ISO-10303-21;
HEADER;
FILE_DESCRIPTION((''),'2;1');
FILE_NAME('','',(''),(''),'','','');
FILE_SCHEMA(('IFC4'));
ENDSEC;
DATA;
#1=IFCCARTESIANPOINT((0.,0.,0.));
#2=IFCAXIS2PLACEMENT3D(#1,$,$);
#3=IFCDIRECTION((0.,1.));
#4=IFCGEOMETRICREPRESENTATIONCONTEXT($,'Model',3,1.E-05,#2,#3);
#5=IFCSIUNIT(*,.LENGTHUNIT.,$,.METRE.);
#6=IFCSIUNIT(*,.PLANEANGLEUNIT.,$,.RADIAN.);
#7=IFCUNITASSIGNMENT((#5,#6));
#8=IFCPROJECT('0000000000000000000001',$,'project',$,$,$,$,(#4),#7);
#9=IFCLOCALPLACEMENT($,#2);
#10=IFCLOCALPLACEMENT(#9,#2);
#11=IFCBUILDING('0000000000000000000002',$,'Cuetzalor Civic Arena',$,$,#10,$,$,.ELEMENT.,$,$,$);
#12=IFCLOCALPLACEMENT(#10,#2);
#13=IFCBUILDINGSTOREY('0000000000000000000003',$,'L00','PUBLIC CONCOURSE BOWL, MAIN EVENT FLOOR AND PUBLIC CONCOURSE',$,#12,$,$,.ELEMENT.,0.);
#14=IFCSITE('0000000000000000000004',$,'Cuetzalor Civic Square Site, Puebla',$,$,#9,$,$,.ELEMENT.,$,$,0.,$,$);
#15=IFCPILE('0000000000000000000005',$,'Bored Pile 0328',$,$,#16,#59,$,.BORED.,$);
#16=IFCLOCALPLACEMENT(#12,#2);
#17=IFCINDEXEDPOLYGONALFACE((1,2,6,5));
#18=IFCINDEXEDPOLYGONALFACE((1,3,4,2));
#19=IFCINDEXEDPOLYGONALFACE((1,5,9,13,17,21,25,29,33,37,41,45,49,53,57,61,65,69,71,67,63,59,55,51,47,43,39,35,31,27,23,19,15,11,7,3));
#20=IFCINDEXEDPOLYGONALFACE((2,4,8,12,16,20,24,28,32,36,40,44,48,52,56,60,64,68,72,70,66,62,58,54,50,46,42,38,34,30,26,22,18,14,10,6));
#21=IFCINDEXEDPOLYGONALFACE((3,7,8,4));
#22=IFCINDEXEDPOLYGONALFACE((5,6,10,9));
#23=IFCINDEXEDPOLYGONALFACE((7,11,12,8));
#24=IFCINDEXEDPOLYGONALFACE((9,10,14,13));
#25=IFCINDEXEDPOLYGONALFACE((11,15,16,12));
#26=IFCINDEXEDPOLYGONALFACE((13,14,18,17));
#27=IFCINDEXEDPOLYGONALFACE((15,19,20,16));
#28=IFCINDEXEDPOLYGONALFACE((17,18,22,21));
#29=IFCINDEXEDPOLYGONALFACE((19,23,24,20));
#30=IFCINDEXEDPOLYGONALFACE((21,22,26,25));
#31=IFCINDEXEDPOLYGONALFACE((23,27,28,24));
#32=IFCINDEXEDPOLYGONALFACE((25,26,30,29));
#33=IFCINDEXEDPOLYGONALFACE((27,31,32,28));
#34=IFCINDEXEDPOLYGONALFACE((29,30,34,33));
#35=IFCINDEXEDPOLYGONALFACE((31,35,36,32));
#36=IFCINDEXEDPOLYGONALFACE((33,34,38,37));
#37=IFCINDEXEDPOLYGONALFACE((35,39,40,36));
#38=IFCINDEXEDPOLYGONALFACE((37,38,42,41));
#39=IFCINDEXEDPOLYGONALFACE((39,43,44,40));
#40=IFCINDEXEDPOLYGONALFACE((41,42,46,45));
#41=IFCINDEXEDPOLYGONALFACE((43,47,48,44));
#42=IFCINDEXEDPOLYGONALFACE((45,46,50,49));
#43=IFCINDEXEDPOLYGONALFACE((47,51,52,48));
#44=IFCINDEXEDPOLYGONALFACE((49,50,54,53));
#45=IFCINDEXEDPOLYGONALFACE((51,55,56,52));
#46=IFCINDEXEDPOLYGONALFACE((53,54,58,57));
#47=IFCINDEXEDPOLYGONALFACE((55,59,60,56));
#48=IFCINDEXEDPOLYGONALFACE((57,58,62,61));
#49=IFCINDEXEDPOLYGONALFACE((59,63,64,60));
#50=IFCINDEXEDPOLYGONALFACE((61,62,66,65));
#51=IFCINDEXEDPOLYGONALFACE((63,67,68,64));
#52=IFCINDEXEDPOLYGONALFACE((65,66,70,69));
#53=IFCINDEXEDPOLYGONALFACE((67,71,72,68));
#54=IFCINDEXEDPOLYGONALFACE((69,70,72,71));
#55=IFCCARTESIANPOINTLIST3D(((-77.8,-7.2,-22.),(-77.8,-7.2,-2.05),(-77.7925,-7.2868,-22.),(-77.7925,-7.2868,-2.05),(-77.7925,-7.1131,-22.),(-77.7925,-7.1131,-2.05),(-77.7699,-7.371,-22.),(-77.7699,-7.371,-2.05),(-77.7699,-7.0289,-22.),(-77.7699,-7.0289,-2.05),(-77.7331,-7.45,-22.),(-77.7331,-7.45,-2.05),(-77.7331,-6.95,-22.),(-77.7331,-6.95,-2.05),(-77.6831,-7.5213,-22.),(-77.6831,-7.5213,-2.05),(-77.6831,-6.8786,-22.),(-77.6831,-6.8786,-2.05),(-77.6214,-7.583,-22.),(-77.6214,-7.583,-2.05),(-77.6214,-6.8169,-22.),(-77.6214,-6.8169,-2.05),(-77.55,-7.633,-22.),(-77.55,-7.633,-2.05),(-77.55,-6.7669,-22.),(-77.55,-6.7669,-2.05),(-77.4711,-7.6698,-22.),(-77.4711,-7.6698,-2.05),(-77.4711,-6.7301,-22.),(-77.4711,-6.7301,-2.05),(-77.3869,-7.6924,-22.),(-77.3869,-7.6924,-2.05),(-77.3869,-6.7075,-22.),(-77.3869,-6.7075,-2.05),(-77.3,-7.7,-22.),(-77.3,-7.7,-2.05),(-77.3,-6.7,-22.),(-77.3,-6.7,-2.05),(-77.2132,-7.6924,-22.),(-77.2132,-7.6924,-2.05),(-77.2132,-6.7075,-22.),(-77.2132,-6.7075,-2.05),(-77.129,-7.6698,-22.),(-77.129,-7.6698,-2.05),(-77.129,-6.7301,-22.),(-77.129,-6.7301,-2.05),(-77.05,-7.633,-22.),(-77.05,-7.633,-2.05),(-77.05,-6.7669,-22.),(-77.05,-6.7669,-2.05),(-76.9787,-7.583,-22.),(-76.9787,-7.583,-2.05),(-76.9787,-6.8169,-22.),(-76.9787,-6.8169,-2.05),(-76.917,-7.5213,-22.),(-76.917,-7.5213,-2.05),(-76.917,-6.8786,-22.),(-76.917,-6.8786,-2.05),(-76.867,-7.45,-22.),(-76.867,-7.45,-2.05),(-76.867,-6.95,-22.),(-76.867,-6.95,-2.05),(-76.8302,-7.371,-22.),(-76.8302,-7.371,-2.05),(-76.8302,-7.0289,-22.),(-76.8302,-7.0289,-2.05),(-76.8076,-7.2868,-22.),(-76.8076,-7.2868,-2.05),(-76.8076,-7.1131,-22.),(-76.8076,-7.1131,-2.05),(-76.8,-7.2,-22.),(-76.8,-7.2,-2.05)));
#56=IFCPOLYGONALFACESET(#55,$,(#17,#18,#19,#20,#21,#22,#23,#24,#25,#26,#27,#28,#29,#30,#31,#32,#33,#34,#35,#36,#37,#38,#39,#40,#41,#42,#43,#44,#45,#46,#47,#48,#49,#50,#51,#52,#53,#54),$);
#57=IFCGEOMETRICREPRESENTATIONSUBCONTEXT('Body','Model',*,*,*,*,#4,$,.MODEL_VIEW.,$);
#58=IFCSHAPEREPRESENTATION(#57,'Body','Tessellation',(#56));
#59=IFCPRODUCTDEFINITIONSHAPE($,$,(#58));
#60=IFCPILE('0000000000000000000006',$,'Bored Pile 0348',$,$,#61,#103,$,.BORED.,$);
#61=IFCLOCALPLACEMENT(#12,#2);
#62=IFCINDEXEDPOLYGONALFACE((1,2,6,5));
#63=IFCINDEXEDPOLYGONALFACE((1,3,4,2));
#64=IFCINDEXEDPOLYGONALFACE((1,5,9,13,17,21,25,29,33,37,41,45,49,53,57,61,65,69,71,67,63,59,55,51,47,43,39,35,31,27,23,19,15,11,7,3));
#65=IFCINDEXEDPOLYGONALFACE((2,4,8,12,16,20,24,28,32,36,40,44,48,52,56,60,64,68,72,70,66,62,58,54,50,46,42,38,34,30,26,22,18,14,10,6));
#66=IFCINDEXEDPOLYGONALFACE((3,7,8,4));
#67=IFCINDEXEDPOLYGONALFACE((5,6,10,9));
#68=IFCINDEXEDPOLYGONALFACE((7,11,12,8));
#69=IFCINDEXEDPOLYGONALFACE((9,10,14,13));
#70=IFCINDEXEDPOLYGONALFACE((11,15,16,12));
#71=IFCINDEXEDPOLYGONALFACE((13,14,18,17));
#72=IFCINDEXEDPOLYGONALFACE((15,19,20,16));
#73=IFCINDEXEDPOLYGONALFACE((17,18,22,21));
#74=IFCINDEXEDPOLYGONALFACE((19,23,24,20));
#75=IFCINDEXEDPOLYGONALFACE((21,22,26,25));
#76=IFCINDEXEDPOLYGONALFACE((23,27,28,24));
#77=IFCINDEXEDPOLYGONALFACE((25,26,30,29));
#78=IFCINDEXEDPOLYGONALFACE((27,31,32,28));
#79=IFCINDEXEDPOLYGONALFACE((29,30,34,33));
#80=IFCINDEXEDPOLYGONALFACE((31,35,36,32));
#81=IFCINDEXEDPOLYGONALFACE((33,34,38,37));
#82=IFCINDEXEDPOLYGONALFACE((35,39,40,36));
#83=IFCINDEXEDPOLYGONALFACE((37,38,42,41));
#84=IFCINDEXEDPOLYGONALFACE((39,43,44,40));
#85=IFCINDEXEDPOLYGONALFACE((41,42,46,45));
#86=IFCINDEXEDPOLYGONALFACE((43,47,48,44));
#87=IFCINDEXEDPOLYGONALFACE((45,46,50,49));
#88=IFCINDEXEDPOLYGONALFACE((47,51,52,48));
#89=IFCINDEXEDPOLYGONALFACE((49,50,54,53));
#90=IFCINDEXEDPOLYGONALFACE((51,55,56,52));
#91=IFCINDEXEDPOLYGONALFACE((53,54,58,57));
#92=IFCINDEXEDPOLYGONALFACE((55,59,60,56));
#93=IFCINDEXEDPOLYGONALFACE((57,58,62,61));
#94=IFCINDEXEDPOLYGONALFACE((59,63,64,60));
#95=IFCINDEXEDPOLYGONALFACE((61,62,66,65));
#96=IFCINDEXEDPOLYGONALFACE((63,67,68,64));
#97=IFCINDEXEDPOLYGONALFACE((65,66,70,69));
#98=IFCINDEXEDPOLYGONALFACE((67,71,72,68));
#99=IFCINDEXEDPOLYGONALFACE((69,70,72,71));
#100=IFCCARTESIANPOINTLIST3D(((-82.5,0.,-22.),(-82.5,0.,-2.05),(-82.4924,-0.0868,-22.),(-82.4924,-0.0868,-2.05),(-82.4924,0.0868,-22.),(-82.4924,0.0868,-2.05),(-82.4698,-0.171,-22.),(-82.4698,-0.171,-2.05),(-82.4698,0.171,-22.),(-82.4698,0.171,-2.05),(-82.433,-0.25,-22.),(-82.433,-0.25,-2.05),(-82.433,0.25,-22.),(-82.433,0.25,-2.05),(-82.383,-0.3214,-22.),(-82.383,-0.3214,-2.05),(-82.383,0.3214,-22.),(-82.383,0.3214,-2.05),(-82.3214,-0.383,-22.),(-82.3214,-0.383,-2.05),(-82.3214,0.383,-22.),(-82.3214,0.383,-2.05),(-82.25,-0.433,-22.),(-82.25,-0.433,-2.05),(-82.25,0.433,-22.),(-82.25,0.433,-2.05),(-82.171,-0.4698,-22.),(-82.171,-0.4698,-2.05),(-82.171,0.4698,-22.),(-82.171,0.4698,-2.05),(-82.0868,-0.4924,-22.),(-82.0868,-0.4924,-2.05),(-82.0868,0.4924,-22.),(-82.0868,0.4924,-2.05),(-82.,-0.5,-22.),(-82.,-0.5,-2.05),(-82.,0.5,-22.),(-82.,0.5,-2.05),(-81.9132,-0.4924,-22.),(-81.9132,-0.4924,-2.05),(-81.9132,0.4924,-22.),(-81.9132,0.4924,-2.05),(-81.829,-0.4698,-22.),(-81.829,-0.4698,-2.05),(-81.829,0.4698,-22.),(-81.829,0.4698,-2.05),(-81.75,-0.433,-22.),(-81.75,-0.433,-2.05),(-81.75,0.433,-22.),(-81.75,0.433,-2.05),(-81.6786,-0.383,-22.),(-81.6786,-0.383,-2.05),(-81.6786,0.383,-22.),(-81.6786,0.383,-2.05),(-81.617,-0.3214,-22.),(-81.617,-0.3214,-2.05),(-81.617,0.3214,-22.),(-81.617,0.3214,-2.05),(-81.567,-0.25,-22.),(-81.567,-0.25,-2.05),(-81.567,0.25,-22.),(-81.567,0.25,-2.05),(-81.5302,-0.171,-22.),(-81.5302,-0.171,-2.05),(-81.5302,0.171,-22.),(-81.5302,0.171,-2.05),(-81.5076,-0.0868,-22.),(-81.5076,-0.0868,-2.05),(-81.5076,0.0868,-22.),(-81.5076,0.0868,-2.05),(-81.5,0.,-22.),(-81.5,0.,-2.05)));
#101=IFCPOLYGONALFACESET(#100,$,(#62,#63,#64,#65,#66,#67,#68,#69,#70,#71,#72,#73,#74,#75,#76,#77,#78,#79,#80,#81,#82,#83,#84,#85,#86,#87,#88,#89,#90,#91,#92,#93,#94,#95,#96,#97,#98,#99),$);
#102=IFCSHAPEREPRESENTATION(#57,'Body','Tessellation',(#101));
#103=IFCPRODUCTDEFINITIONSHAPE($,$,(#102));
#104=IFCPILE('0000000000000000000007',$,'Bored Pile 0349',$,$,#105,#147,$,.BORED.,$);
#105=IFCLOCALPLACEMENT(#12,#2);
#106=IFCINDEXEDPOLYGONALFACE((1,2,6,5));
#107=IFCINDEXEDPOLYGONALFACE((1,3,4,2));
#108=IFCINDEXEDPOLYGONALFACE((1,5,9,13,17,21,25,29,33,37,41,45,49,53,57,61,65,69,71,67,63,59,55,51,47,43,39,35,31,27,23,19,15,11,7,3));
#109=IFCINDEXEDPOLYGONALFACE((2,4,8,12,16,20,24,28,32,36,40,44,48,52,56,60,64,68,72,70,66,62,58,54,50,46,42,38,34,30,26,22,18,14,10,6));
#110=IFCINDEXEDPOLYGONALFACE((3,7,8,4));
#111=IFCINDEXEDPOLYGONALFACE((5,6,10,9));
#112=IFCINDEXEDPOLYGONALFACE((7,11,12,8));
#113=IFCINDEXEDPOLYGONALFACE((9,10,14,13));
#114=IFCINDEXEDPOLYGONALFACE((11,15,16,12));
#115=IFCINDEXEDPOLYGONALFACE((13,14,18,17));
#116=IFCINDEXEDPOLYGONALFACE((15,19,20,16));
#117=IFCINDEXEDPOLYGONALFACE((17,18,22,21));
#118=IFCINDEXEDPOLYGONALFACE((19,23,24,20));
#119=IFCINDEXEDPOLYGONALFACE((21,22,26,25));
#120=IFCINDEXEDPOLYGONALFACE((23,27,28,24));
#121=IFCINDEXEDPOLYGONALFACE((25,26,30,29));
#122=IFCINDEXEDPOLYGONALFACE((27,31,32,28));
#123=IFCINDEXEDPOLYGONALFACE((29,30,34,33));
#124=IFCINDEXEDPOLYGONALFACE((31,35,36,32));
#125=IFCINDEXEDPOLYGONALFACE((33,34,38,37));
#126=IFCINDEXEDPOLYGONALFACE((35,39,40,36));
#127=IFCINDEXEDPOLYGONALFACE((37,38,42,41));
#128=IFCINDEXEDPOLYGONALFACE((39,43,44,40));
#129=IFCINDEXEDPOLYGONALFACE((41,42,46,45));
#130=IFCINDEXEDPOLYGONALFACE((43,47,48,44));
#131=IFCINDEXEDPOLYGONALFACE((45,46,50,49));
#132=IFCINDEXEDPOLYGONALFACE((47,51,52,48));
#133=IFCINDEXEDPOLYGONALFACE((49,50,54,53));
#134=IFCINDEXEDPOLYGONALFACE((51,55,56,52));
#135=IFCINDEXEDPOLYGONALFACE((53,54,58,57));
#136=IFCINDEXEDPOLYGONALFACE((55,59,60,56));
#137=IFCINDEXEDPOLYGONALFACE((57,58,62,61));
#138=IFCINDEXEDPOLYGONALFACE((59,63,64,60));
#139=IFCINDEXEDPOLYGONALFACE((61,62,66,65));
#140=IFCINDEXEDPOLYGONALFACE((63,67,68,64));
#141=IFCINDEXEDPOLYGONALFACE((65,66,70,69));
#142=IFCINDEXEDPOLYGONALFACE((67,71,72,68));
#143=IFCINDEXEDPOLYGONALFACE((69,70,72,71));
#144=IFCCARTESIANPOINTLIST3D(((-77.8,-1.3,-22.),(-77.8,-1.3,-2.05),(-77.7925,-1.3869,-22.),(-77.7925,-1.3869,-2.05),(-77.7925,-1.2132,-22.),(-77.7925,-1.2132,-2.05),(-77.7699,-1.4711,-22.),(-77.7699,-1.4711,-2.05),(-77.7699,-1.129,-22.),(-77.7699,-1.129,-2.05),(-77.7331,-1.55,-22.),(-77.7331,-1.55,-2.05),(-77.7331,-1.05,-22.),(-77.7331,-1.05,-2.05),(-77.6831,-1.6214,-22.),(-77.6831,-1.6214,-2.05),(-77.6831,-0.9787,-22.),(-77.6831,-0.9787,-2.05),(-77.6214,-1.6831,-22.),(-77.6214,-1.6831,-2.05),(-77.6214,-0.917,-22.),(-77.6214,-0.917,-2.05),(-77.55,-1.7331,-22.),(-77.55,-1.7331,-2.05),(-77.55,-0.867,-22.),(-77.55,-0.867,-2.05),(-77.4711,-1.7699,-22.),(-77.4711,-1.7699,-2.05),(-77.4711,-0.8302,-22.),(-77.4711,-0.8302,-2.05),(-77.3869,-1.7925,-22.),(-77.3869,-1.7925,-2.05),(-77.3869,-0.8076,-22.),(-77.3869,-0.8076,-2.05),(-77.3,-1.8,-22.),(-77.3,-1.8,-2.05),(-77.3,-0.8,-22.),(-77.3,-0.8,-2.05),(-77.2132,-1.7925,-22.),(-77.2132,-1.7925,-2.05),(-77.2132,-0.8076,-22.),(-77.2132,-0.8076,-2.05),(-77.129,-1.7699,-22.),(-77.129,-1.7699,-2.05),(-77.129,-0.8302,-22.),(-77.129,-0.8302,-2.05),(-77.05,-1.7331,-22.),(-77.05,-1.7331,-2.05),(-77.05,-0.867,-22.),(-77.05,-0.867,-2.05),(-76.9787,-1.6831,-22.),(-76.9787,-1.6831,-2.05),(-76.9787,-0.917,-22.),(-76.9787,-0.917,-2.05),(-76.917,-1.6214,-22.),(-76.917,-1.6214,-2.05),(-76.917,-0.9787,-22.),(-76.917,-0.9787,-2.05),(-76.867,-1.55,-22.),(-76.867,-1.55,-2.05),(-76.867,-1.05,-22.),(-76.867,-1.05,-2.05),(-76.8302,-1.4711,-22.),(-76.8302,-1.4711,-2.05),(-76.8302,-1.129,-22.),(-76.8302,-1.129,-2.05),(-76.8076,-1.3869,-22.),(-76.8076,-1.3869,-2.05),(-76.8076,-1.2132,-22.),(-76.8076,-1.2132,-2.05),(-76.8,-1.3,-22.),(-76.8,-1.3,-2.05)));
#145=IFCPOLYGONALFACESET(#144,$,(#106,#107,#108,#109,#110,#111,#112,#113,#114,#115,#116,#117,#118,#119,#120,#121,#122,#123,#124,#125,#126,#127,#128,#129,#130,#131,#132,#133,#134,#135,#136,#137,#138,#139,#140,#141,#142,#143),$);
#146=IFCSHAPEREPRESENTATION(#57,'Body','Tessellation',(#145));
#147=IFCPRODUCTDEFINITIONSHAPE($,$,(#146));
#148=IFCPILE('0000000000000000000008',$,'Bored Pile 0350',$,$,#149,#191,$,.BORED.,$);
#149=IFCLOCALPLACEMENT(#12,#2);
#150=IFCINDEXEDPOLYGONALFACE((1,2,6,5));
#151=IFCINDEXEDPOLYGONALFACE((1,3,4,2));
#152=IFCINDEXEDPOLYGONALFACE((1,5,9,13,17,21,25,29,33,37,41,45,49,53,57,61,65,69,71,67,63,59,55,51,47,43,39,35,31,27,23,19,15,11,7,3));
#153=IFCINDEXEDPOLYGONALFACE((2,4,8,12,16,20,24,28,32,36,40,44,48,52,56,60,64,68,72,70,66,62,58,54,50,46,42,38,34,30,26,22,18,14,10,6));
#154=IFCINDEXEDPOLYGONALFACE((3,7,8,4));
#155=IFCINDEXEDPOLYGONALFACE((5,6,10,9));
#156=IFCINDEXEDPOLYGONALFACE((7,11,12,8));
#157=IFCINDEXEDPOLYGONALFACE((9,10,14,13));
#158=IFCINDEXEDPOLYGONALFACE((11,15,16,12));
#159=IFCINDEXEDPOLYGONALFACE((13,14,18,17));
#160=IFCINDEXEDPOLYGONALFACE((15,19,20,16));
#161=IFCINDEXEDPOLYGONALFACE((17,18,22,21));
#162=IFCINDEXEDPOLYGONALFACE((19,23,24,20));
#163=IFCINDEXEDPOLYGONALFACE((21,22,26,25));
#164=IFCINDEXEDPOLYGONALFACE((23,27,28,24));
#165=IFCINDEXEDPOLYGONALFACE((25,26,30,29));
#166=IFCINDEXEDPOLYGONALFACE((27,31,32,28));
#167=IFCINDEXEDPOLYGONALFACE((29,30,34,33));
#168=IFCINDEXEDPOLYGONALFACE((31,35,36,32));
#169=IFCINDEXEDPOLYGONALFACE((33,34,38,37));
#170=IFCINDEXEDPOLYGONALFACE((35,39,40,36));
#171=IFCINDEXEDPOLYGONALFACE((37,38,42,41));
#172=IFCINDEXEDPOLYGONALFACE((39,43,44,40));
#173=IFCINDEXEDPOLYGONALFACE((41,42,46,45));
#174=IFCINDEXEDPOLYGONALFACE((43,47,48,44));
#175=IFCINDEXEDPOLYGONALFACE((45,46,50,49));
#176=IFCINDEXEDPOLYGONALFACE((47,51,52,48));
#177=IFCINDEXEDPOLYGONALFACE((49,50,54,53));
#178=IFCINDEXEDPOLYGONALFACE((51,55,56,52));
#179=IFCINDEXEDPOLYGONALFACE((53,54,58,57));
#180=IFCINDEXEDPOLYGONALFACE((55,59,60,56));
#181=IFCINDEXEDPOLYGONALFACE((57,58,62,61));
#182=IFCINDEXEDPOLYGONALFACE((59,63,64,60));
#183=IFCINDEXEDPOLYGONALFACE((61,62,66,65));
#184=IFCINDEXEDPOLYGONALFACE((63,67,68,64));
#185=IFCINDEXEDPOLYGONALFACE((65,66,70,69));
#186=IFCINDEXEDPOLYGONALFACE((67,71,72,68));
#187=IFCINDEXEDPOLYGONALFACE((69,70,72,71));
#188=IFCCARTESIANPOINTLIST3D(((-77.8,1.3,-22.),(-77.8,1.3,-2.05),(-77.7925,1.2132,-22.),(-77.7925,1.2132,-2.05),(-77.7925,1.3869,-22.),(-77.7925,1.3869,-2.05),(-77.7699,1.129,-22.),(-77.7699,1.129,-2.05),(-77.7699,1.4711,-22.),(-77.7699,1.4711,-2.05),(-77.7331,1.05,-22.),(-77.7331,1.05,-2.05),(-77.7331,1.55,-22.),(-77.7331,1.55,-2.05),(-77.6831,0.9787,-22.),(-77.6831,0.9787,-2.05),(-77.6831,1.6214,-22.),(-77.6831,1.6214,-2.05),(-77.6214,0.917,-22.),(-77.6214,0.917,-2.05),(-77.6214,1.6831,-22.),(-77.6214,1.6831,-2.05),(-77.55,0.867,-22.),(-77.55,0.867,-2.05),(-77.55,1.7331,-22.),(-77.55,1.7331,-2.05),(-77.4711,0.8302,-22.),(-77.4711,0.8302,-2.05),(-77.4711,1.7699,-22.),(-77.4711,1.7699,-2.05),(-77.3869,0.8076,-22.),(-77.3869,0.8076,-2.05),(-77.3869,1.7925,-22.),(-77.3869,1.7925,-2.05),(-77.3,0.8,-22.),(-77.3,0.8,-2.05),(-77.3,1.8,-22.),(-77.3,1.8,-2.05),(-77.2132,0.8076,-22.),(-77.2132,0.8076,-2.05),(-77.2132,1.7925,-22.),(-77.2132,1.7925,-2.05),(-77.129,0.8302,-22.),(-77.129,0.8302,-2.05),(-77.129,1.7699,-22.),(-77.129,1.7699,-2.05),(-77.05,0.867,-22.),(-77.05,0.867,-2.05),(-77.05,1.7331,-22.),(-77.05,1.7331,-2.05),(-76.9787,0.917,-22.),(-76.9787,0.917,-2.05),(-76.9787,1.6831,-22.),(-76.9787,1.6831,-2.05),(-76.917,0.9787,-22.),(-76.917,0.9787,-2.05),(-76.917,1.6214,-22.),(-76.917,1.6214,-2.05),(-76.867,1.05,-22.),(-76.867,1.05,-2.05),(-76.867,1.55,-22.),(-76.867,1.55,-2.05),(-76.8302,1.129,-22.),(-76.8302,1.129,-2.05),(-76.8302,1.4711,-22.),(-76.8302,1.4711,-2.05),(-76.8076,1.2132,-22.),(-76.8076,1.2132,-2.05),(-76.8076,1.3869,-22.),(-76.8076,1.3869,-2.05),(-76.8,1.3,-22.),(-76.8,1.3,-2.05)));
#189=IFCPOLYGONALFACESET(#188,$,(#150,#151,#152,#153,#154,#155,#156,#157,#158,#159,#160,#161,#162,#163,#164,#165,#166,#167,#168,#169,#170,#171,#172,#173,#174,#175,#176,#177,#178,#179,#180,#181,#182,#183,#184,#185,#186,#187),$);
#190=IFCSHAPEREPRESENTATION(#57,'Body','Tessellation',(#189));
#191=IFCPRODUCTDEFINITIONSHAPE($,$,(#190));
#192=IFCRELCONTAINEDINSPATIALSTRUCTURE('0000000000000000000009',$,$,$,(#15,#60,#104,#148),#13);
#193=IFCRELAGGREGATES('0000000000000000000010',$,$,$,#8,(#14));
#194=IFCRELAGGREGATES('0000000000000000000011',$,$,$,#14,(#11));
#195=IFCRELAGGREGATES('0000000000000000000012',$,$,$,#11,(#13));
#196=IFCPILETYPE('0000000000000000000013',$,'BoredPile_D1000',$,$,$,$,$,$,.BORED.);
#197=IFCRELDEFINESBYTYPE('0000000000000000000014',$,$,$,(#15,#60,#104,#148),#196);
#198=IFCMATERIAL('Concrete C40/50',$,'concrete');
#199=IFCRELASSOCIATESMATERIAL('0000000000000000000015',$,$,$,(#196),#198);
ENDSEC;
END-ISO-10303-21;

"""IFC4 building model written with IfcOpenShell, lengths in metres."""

from ifc_helpers import new_model, si_unit, direction, frame, origin, origin_2d, place, context, subcontext, project, spatial, circle, extrude, material, material_profile, profile_set, type_object, element, save


model = new_model("IFC4")

# Units and contexts
model_context = context("Model", 3, precision=1e-05, world=origin(), true_north=direction((0.0, 1.0)))
body_context = subcontext(model_context, "Body", "Model", "MODEL_VIEW")
ifc_project = project(units=[si_unit("LENGTHUNIT", "METRE"), si_unit("PLANEANGLEUNIT", "RADIAN")], contexts=[model_context])

# Site, building, storey
site_placement = place(None, origin())
site = spatial("IfcSite", under=ifc_project, at=site_placement, Name="Cuetzalor Civic Square Site, Puebla", CompositionType="ELEMENT", RefElevation=0.0)
building_placement = place(site_placement, origin())
building = spatial("IfcBuilding", under=site, at=building_placement, Name="Cuetzalor Civic Arena", CompositionType="ELEMENT")
storey_placement = place(building_placement, origin())
storey = spatial("IfcBuildingStorey", under=building, at=storey_placement, Name="L00", Description="PUBLIC CONCOURSE BOWL, MAIN EVENT FLOOR AND PUBLIC CONCOURSE", CompositionType="ELEMENT", Elevation=0.0)

# Piles
ifc_material_1 = material(Name="Concrete C40/50", Category="concrete")
ifc_material_profile_1 = material_profile(ifc_material_1, circle(Radius=0.5, at=origin_2d()), Name="BORED PILE D1000")
ifc_profile_set_1 = profile_set([ifc_material_profile_1], Name="Concrete C40/50")
pile_type = type_object("IfcPileType", Name="BoredPile_D1000", PredefinedType="BORED", material=ifc_profile_set_1)
for number, where, z_axis, x_axis, name in (
    (1, (-77.3, -7.2, -2.05), (0.0, 0.0, -1.0), (1.0, 0.0, 0.0), "Bored Pile 0328"),
    (2, (-82.0, 0.0, -2.05), (0.0, 0.0, -1.0), (1.0, 0.0, 0.0), "Bored Pile 0348"),
    (3, (-77.3, -1.3, -2.05), (0.0, 0.0, -1.0), (1.0, 0.0, 0.0), "Bored Pile 0349"),
    (4, (-77.3, 1.3, -2.05), (0.0, 0.0, -1.0), (1.0, 0.0, 0.0), "Bored Pile 0350"),
):
    element("IfcPile", number, at=place(storey_placement, frame(where, z_axis=z_axis, x_axis=x_axis)), inside=storey, type_object=pile_type, Name=name, PredefinedType="BORED", context=body_context, shape_type="SweptSolid", body=[
        extrude(circle(Radius=0.5, at=origin_2d()), origin(), (0.0, 0.0, 1.0), 19.95),
    ])

save(model, "model.ifc")
